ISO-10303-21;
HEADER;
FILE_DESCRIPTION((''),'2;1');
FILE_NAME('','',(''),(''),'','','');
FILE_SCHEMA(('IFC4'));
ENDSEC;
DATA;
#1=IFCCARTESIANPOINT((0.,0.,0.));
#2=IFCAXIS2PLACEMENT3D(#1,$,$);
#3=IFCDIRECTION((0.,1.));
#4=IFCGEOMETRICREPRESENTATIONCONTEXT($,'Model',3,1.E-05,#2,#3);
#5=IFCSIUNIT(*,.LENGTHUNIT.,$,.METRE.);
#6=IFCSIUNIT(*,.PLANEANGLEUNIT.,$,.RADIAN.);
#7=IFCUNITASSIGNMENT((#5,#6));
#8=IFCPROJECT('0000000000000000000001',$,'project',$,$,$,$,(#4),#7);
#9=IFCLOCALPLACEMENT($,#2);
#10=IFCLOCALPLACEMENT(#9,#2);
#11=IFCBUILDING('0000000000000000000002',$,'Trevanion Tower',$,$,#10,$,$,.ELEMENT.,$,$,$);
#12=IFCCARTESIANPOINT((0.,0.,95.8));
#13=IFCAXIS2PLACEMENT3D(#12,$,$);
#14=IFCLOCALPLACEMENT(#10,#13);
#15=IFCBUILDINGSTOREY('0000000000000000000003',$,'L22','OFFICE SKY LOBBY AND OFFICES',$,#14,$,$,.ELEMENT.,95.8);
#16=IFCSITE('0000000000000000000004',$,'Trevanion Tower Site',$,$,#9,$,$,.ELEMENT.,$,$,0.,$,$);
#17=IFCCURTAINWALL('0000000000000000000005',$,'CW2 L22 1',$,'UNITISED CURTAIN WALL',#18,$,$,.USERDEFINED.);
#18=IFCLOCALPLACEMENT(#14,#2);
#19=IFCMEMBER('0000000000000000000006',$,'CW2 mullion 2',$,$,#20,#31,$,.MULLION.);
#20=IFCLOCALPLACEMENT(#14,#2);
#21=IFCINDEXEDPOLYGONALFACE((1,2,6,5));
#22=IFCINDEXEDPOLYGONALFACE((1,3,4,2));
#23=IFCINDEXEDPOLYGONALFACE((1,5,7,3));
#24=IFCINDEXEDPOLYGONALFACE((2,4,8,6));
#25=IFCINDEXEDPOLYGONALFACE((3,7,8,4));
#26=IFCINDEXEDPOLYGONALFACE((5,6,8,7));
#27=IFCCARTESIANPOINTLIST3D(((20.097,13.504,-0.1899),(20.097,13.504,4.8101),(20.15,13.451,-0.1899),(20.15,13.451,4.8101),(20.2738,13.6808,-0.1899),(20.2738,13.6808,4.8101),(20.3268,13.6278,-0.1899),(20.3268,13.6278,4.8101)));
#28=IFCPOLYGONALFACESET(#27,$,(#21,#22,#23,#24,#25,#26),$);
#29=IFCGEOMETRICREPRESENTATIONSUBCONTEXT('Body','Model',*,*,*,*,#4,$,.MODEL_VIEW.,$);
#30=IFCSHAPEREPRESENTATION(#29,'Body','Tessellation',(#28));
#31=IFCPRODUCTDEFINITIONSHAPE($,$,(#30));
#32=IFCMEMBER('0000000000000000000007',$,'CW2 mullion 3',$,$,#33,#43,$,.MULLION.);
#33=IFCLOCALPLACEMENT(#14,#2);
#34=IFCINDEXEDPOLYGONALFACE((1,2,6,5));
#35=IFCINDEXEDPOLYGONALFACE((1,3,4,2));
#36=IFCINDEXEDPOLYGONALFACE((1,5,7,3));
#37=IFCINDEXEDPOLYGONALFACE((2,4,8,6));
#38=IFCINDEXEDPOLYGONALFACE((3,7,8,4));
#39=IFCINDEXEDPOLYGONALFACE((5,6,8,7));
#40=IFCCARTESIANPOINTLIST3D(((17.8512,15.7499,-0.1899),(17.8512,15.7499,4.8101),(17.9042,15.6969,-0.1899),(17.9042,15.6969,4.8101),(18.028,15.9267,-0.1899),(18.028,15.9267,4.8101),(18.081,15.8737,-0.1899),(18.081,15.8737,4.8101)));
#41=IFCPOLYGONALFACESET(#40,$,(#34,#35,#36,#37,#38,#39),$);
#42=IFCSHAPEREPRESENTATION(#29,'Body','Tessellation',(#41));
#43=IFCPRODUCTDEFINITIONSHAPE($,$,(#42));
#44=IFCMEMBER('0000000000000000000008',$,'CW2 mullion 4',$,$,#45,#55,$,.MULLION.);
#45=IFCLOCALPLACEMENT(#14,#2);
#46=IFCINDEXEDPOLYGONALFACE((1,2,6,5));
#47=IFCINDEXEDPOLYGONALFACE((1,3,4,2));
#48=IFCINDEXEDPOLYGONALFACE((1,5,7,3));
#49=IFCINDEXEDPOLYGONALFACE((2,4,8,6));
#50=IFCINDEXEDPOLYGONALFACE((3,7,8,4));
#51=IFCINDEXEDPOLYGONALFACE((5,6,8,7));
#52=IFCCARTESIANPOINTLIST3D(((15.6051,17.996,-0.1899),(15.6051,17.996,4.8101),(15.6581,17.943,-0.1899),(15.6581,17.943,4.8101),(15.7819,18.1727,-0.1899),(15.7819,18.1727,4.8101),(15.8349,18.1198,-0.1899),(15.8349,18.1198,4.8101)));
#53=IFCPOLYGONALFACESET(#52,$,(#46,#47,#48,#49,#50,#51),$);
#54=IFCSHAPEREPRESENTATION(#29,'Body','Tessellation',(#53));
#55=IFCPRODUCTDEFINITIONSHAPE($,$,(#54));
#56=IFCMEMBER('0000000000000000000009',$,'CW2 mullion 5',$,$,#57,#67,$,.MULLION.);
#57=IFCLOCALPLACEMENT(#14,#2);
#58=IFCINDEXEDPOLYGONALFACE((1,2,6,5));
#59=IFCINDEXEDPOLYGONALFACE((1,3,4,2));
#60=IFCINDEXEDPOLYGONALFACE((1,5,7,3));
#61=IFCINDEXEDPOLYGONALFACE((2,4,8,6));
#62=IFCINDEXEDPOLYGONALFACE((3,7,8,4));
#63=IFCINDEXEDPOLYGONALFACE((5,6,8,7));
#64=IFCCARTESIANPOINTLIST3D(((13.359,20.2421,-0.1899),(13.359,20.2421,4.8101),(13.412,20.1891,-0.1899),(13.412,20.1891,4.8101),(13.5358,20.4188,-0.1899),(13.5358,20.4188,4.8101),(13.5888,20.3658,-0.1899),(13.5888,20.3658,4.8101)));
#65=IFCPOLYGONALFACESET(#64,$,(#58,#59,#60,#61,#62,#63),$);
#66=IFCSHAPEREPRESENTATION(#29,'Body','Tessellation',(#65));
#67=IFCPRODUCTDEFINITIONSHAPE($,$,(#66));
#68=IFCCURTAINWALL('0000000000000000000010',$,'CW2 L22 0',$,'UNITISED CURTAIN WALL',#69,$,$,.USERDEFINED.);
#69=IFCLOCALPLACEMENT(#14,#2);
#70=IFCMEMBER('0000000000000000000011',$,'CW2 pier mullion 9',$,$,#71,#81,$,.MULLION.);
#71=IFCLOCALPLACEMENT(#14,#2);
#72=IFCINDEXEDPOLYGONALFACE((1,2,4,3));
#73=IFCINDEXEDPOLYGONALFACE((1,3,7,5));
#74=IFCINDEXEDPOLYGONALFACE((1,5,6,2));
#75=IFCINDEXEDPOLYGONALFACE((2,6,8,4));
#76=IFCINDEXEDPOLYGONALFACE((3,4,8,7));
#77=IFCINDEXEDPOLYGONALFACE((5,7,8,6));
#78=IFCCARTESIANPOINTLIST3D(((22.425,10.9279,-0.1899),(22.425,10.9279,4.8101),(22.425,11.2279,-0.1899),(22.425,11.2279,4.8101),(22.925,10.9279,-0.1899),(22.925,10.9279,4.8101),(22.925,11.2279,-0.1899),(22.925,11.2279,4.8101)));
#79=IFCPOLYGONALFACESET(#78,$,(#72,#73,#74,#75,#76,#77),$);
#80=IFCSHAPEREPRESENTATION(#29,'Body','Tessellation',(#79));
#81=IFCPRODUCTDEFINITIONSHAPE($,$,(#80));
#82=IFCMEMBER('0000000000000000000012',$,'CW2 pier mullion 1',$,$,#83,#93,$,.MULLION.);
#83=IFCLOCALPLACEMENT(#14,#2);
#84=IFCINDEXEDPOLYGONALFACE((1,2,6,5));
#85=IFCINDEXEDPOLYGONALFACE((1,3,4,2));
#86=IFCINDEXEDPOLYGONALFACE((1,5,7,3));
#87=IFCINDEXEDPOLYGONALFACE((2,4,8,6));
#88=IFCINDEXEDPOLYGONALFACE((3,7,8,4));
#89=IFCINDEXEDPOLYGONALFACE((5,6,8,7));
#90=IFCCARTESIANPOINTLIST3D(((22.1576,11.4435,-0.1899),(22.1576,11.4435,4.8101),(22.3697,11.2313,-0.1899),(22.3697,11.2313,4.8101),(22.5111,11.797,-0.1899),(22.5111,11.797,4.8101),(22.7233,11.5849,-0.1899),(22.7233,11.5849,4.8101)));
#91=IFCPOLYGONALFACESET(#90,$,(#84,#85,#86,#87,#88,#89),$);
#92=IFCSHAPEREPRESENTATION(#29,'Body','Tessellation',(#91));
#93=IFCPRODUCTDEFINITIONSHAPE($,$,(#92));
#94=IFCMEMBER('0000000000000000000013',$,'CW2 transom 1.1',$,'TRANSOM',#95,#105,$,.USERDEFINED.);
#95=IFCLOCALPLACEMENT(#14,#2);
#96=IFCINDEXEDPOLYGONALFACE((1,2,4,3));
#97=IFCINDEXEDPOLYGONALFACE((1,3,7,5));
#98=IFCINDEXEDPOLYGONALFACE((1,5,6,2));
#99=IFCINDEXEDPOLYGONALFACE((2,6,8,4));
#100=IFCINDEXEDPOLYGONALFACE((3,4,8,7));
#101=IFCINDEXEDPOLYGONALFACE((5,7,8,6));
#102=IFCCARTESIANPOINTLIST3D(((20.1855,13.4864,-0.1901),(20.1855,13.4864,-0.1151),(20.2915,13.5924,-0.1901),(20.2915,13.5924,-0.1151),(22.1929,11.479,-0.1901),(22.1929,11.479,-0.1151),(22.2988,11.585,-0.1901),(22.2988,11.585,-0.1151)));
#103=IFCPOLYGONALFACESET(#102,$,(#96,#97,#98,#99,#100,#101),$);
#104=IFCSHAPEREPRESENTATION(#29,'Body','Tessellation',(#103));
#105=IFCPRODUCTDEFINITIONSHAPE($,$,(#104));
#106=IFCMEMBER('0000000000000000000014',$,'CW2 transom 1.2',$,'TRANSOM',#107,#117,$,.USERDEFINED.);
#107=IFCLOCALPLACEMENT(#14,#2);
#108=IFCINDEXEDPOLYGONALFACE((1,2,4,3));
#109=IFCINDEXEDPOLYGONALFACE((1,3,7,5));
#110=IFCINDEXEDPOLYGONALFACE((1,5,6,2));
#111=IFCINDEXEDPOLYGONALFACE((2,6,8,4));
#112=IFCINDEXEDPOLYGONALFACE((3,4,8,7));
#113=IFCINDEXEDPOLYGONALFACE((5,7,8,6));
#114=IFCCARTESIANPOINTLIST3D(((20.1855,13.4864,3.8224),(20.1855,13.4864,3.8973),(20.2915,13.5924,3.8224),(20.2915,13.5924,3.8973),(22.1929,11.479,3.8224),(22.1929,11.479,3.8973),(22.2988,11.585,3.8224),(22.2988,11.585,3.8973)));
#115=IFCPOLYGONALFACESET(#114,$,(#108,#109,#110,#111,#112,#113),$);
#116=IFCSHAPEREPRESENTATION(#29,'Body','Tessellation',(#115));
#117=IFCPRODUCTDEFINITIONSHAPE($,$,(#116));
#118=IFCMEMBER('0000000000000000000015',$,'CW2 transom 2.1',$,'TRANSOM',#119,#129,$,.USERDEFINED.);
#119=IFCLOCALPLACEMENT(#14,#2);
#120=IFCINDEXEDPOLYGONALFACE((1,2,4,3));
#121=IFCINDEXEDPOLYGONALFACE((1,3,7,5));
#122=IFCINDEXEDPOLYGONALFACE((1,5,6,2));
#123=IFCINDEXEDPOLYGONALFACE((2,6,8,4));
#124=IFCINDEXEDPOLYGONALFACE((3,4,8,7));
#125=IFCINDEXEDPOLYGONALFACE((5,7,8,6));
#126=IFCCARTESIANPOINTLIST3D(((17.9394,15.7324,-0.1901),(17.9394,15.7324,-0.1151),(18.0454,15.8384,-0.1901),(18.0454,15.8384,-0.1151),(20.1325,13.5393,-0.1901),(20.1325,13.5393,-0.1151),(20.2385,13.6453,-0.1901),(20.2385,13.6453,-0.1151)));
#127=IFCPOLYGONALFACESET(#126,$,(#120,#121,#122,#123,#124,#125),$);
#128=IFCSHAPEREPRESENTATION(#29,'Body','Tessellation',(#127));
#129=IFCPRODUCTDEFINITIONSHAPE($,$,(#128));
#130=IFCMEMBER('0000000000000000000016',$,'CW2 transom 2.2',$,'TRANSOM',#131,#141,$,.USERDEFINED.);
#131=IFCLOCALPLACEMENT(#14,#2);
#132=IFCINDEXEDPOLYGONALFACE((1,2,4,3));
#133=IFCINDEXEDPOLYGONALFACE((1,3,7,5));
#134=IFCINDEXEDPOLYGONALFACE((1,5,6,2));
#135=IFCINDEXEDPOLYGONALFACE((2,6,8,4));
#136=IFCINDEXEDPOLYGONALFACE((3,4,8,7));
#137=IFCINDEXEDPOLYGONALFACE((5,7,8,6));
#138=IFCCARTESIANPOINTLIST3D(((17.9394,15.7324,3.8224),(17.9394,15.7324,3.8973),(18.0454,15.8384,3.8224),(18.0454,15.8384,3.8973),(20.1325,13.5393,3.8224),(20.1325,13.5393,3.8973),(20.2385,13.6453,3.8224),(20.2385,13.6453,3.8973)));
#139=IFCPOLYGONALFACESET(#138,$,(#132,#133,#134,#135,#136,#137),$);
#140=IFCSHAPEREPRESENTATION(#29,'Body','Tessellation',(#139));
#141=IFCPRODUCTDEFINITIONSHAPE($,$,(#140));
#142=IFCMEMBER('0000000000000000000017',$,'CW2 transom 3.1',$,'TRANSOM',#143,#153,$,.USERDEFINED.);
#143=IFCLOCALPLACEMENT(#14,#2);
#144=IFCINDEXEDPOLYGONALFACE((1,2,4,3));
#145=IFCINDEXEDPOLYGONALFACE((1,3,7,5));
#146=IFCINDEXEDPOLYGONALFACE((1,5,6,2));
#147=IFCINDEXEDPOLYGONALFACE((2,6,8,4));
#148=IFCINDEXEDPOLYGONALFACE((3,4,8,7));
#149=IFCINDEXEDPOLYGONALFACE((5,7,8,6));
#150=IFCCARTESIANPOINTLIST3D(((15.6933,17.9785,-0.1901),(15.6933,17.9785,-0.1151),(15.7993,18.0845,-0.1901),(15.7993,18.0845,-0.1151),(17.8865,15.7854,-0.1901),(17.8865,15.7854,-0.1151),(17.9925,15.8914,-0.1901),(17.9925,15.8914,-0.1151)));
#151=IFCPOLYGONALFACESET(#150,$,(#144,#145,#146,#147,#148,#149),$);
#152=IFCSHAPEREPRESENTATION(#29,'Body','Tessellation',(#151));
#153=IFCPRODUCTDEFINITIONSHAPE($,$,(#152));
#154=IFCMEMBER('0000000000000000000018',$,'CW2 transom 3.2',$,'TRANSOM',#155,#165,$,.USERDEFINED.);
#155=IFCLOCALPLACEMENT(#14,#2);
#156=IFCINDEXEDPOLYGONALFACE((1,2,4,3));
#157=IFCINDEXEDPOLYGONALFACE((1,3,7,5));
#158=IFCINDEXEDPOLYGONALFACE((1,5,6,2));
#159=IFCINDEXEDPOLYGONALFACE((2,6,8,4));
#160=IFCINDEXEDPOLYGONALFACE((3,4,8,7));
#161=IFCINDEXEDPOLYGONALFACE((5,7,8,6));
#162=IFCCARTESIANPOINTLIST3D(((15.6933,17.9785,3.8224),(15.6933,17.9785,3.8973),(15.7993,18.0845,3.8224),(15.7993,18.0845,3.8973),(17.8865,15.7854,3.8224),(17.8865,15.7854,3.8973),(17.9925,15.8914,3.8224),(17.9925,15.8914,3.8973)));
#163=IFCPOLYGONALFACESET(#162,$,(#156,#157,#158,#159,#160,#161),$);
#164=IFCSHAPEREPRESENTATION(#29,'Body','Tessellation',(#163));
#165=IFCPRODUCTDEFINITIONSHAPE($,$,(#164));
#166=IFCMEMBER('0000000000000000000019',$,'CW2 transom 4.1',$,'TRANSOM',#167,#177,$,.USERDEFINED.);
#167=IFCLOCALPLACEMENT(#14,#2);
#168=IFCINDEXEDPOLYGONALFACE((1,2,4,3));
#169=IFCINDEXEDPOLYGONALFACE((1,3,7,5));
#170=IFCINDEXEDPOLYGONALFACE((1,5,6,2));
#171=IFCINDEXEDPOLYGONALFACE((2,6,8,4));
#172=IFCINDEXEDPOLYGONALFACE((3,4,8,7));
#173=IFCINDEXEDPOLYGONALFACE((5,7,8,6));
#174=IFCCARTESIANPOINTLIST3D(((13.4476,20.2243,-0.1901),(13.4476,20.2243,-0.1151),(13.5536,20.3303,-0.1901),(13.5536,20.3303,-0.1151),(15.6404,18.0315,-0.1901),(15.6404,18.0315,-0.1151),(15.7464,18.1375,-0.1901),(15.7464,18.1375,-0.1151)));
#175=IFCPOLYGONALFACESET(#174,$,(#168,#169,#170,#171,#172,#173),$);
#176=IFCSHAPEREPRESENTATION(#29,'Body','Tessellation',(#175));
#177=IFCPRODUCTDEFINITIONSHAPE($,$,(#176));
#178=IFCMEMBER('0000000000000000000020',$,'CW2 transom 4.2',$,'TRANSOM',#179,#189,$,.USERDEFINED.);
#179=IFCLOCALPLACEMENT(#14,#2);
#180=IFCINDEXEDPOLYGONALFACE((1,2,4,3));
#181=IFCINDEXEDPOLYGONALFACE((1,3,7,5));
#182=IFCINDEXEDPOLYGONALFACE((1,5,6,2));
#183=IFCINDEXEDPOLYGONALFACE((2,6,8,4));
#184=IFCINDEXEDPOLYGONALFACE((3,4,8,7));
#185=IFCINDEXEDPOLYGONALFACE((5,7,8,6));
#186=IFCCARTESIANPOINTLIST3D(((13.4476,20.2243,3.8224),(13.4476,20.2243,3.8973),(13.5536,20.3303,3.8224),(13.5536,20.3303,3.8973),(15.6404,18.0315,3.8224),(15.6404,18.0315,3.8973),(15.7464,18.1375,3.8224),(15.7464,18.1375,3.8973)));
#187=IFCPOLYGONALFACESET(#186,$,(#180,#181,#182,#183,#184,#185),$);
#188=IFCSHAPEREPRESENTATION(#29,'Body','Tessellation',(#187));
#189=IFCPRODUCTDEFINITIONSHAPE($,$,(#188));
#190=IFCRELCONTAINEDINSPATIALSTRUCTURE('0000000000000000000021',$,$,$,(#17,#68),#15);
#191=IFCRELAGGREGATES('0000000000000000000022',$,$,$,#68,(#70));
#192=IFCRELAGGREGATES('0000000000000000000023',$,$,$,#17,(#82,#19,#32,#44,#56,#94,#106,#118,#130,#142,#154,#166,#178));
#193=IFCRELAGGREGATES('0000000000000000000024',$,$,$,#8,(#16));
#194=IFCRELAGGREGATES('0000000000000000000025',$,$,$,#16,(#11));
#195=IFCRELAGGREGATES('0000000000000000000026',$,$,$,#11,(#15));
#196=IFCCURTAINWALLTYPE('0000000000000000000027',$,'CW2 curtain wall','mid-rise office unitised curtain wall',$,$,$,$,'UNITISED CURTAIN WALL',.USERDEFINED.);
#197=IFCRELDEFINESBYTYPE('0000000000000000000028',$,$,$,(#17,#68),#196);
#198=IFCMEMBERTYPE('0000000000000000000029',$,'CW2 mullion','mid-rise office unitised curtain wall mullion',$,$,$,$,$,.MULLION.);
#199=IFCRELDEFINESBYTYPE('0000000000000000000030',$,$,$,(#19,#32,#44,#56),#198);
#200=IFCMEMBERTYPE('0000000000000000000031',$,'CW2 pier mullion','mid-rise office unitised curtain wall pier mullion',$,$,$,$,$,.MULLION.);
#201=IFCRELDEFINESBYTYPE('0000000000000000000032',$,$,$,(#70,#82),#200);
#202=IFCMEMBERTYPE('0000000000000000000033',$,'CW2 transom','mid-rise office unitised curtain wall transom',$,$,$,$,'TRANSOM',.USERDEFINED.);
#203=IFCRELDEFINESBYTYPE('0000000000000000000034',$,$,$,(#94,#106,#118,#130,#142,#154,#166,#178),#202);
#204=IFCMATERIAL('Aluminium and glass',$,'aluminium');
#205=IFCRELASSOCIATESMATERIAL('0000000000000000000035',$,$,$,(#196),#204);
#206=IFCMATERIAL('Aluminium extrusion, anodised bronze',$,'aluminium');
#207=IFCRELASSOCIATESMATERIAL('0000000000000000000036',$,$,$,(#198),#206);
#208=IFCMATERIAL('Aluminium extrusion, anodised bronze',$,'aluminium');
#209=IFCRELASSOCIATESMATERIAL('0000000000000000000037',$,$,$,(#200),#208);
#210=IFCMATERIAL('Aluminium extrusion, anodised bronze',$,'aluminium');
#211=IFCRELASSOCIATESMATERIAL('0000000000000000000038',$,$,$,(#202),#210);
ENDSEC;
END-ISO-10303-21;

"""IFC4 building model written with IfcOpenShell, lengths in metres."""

from ifc_helpers import new_model, si_unit, direction, frame, origin, origin_2d, place, context, subcontext, project, spatial, rectangle, extrude, material, material_profile, profile_set, type_object, element, aggregate, save


model = new_model("IFC4")

# Units and contexts
model_context = context("Model", 3, precision=1e-05, world=origin(), true_north=direction((0.0, 1.0)))
body_context = subcontext(model_context, "Body", "Model", "MODEL_VIEW")
ifc_project = project(units=[si_unit("LENGTHUNIT", "METRE"), si_unit("PLANEANGLEUNIT", "RADIAN")], contexts=[model_context])

# Site, building, storey
site_placement = place(None, origin())
site = spatial("IfcSite", under=ifc_project, at=site_placement, Name="Trevanion Tower Site", CompositionType="ELEMENT", RefElevation=0.0)
building_placement = place(site_placement, origin())
building = spatial("IfcBuilding", under=site, at=building_placement, Name="Trevanion Tower", CompositionType="ELEMENT")
storey_placement = place(building_placement, frame((0.0, 0.0, 95.8)))
storey = spatial("IfcBuildingStorey", under=building, at=storey_placement, Name="L22", Description="OFFICE SKY LOBBY AND OFFICES", CompositionType="ELEMENT", Elevation=95.8)

# Curtain wall, members
ifc_material_1 = material(Name="Aluminium and glass", Category="aluminium")
curtain_wall_type = type_object("IfcCurtainWallType", Name="CW2 curtain wall", Description="mid-rise office unitised curtain wall", ElementType="UNITISED CURTAIN WALL", PredefinedType="USERDEFINED", material=ifc_material_1)
curtain_wall_1_placement = place(storey_placement, origin())
curtain_wall_1 = element("IfcCurtainWall", 1, at=curtain_wall_1_placement, inside=storey, type_object=curtain_wall_type, Name="CW2 L22 1", ObjectType="UNITISED CURTAIN WALL", PredefinedType="USERDEFINED")
ifc_material_2 = material(Name="Aluminium extrusion, anodised bronze", Category="aluminium")
ifc_material_profile_1 = material_profile(ifc_material_2, rectangle(XDim=0.075, YDim=0.25, at=origin_2d()), Name="CW2 mullion")
ifc_profile_set_1 = profile_set([ifc_material_profile_1], Name="Aluminium extrusion, anodised bronze")
member_type_1 = type_object("IfcMemberType", Name="CW2 mullion", Description="mid-rise office unitised curtain wall mullion", PredefinedType="MULLION", material=ifc_profile_set_1)
member_1_placement = place(storey_placement, frame((20.2119, 13.5659, -0.1899), z_axis=(0.0, 0.0, 1.0), x_axis=(-0.707107, 0.707107, 0.0)))
member_1 = element("IfcMember", 2, at=member_1_placement, type_object=member_type_1, Name="CW2 mullion 2", PredefinedType="MULLION", context=body_context, shape_type="SweptSolid", body=[
    extrude(rectangle(XDim=0.075, YDim=0.25, at=origin_2d()), origin(), (0.0, 0.0, 1.0), 5.0),
])
member_2_placement = place(storey_placement, frame((17.9661, 15.8118, -0.1899), z_axis=(0.0, 0.0, 1.0), x_axis=(-0.707107, 0.707107, 0.0)))
member_2 = element("IfcMember", 3, at=member_2_placement, type_object=member_type_1, Name="CW2 mullion 3", PredefinedType="MULLION", context=body_context, shape_type="SweptSolid", body=[
    extrude(rectangle(XDim=0.075, YDim=0.25, at=origin_2d()), origin(), (0.0, 0.0, 1.0), 5.0),
])
member_3_placement = place(storey_placement, frame((15.72, 18.0579, -0.1899), z_axis=(0.0, 0.0, 1.0), x_axis=(-0.707107, 0.707107, 0.0)))
member_3 = element("IfcMember", 4, at=member_3_placement, type_object=member_type_1, Name="CW2 mullion 4", PredefinedType="MULLION", context=body_context, shape_type="SweptSolid", body=[
    extrude(rectangle(XDim=0.075, YDim=0.25, at=origin_2d()), origin(), (0.0, 0.0, 1.0), 5.0),
])
member_4_placement = place(storey_placement, frame((13.4739, 20.304, -0.1899), z_axis=(0.0, 0.0, 1.0), x_axis=(-0.707107, 0.707107, 0.0)))
member_4 = element("IfcMember", 5, at=member_4_placement, type_object=member_type_1, Name="CW2 mullion 5", PredefinedType="MULLION", context=body_context, shape_type="SweptSolid", body=[
    extrude(rectangle(XDim=0.075, YDim=0.25, at=origin_2d()), origin(), (0.0, 0.0, 1.0), 5.0),
])

# Curtain wall, member
curtain_wall_2_placement = place(storey_placement, origin())
curtain_wall_2 = element("IfcCurtainWall", 6, at=curtain_wall_2_placement, inside=storey, type_object=curtain_wall_type, Name="CW2 L22 0", ObjectType="UNITISED CURTAIN WALL", PredefinedType="USERDEFINED")
ifc_material_3 = material(Name="Aluminium extrusion, anodised bronze", Category="aluminium")
ifc_material_profile_2 = material_profile(ifc_material_3, rectangle(XDim=0.3, YDim=0.5, at=origin_2d()), Name="CW2 pier mullion")
ifc_profile_set_2 = profile_set([ifc_material_profile_2], Name="Aluminium extrusion, anodised bronze")
member_type_2 = type_object("IfcMemberType", Name="CW2 pier mullion", Description="mid-rise office unitised curtain wall pier mullion", PredefinedType="MULLION", material=ifc_profile_set_2)
member_5_placement = place(storey_placement, frame((22.675, 11.0779, -0.1899), z_axis=(0.0, 0.0, 1.0), x_axis=(0.0, 1.0, 0.0)))
member_5 = element("IfcMember", 7, at=member_5_placement, type_object=member_type_2, Name="CW2 pier mullion 9", PredefinedType="MULLION", context=body_context, shape_type="SweptSolid", body=[
    extrude(rectangle(XDim=0.3, YDim=0.5, at=origin_2d()), origin(), (0.0, 0.0, 1.0), 5.0),
])
aggregate(curtain_wall_2, [member_5])

# Members
member_6_placement = place(storey_placement, frame((22.4404, 11.5142, -0.1899), z_axis=(0.0, 0.0, 1.0), x_axis=(-0.707107, 0.707107, 0.0)))
member_6 = element("IfcMember", 8, at=member_6_placement, type_object=member_type_2, Name="CW2 pier mullion 1", PredefinedType="MULLION", context=body_context, shape_type="SweptSolid", body=[
    extrude(rectangle(XDim=0.3, YDim=0.5, at=origin_2d()), origin(), (0.0, 0.0, 1.0), 5.0),
])
ifc_material_4 = material(Name="Aluminium extrusion, anodised bronze", Category="aluminium")
ifc_material_profile_3 = material_profile(ifc_material_4, rectangle(XDim=0.1499, YDim=0.075, at=origin_2d()), Name="CW2 transom")
ifc_profile_set_3 = profile_set([ifc_material_profile_3], Name="Aluminium extrusion, anodised bronze")
member_type_3 = type_object("IfcMemberType", Name="CW2 transom", Description="mid-rise office unitised curtain wall transom", ElementType="TRANSOM", PredefinedType="USERDEFINED", material=ifc_profile_set_3)
member_7_placement = place(storey_placement, frame((22.2458, 11.532, -0.1526), z_axis=(-0.707107, 0.707107, 0.0), x_axis=(-0.707107, -0.707107, 0.0)))
member_7 = element("IfcMember", 9, at=member_7_placement, type_object=member_type_3, Name="CW2 transom 1.1", ObjectType="TRANSOM", PredefinedType="USERDEFINED", context=body_context, shape_type="SweptSolid", body=[
    extrude(rectangle(XDim=0.1499, YDim=0.075, at=origin_2d()), origin(), (0.0, 0.0, 1.0), 2.8389),
])
member_8_placement = place(storey_placement, frame((22.2458, 11.532, 3.8599), z_axis=(-0.707107, 0.707107, 0.0), x_axis=(-0.707107, -0.707107, 0.0)))
member_8 = element("IfcMember", 10, at=member_8_placement, type_object=member_type_3, Name="CW2 transom 1.2", ObjectType="TRANSOM", PredefinedType="USERDEFINED", context=body_context, shape_type="SweptSolid", body=[
    extrude(rectangle(XDim=0.1499, YDim=0.075, at=origin_2d()), origin(), (0.0, 0.0, 1.0), 2.8389),
])
member_9_placement = place(storey_placement, frame((20.1855, 13.5923, -0.1526), z_axis=(-0.707107, 0.707107, 0.0), x_axis=(-0.707107, -0.707107, 0.0)))
member_9 = element("IfcMember", 11, at=member_9_placement, type_object=member_type_3, Name="CW2 transom 2.1", ObjectType="TRANSOM", PredefinedType="USERDEFINED", context=body_context, shape_type="SweptSolid", body=[
    extrude(rectangle(XDim=0.1499, YDim=0.075, at=origin_2d()), origin(), (0.0, 0.0, 1.0), 3.1016),
])
member_10_placement = place(storey_placement, frame((20.1855, 13.5923, 3.8599), z_axis=(-0.707107, 0.707107, 0.0), x_axis=(-0.707107, -0.707107, 0.0)))
member_10 = element("IfcMember", 12, at=member_10_placement, type_object=member_type_3, Name="CW2 transom 2.2", ObjectType="TRANSOM", PredefinedType="USERDEFINED", context=body_context, shape_type="SweptSolid", body=[
    extrude(rectangle(XDim=0.1499, YDim=0.075, at=origin_2d()), origin(), (0.0, 0.0, 1.0), 3.1016),
])
member_11_placement = place(storey_placement, frame((17.9395, 15.8384, -0.1526), z_axis=(-0.707107, 0.707107, 0.0), x_axis=(-0.707107, -0.707107, 0.0)))
member_11 = element("IfcMember", 13, at=member_11_placement, type_object=member_type_3, Name="CW2 transom 3.1", ObjectType="TRANSOM", PredefinedType="USERDEFINED", context=body_context, shape_type="SweptSolid", body=[
    extrude(rectangle(XDim=0.1499, YDim=0.075, at=origin_2d()), origin(), (0.0, 0.0, 1.0), 3.1016),
])
member_12_placement = place(storey_placement, frame((17.9395, 15.8384, 3.8599), z_axis=(-0.707107, 0.707107, 0.0), x_axis=(-0.707107, -0.707107, 0.0)))
member_12 = element("IfcMember", 14, at=member_12_placement, type_object=member_type_3, Name="CW2 transom 3.2", ObjectType="TRANSOM", PredefinedType="USERDEFINED", context=body_context, shape_type="SweptSolid", body=[
    extrude(rectangle(XDim=0.1499, YDim=0.075, at=origin_2d()), origin(), (0.0, 0.0, 1.0), 3.1016),
])
member_13_placement = place(storey_placement, frame((15.6934, 18.0845, -0.1526), z_axis=(-0.707107, 0.707107, 0.0), x_axis=(-0.707107, -0.707107, 0.0)))
member_13 = element("IfcMember", 15, at=member_13_placement, type_object=member_type_3, Name="CW2 transom 4.1", ObjectType="TRANSOM", PredefinedType="USERDEFINED", context=body_context, shape_type="SweptSolid", body=[
    extrude(rectangle(XDim=0.1499, YDim=0.075, at=origin_2d()), origin(), (0.0, 0.0, 1.0), 3.1011),
])
member_14_placement = place(storey_placement, frame((15.6934, 18.0845, 3.8599), z_axis=(-0.707107, 0.707107, 0.0), x_axis=(-0.707107, -0.707107, 0.0)))
member_14 = element("IfcMember", 16, at=member_14_placement, type_object=member_type_3, Name="CW2 transom 4.2", ObjectType="TRANSOM", PredefinedType="USERDEFINED", context=body_context, shape_type="SweptSolid", body=[
    extrude(rectangle(XDim=0.1499, YDim=0.075, at=origin_2d()), origin(), (0.0, 0.0, 1.0), 3.1011),
])

aggregate(curtain_wall_1, [member_6, member_1, member_2, member_3, member_4, member_7, member_8, member_9, member_10, member_11, member_12, member_13, member_14])

save(model, "model.ifc")
